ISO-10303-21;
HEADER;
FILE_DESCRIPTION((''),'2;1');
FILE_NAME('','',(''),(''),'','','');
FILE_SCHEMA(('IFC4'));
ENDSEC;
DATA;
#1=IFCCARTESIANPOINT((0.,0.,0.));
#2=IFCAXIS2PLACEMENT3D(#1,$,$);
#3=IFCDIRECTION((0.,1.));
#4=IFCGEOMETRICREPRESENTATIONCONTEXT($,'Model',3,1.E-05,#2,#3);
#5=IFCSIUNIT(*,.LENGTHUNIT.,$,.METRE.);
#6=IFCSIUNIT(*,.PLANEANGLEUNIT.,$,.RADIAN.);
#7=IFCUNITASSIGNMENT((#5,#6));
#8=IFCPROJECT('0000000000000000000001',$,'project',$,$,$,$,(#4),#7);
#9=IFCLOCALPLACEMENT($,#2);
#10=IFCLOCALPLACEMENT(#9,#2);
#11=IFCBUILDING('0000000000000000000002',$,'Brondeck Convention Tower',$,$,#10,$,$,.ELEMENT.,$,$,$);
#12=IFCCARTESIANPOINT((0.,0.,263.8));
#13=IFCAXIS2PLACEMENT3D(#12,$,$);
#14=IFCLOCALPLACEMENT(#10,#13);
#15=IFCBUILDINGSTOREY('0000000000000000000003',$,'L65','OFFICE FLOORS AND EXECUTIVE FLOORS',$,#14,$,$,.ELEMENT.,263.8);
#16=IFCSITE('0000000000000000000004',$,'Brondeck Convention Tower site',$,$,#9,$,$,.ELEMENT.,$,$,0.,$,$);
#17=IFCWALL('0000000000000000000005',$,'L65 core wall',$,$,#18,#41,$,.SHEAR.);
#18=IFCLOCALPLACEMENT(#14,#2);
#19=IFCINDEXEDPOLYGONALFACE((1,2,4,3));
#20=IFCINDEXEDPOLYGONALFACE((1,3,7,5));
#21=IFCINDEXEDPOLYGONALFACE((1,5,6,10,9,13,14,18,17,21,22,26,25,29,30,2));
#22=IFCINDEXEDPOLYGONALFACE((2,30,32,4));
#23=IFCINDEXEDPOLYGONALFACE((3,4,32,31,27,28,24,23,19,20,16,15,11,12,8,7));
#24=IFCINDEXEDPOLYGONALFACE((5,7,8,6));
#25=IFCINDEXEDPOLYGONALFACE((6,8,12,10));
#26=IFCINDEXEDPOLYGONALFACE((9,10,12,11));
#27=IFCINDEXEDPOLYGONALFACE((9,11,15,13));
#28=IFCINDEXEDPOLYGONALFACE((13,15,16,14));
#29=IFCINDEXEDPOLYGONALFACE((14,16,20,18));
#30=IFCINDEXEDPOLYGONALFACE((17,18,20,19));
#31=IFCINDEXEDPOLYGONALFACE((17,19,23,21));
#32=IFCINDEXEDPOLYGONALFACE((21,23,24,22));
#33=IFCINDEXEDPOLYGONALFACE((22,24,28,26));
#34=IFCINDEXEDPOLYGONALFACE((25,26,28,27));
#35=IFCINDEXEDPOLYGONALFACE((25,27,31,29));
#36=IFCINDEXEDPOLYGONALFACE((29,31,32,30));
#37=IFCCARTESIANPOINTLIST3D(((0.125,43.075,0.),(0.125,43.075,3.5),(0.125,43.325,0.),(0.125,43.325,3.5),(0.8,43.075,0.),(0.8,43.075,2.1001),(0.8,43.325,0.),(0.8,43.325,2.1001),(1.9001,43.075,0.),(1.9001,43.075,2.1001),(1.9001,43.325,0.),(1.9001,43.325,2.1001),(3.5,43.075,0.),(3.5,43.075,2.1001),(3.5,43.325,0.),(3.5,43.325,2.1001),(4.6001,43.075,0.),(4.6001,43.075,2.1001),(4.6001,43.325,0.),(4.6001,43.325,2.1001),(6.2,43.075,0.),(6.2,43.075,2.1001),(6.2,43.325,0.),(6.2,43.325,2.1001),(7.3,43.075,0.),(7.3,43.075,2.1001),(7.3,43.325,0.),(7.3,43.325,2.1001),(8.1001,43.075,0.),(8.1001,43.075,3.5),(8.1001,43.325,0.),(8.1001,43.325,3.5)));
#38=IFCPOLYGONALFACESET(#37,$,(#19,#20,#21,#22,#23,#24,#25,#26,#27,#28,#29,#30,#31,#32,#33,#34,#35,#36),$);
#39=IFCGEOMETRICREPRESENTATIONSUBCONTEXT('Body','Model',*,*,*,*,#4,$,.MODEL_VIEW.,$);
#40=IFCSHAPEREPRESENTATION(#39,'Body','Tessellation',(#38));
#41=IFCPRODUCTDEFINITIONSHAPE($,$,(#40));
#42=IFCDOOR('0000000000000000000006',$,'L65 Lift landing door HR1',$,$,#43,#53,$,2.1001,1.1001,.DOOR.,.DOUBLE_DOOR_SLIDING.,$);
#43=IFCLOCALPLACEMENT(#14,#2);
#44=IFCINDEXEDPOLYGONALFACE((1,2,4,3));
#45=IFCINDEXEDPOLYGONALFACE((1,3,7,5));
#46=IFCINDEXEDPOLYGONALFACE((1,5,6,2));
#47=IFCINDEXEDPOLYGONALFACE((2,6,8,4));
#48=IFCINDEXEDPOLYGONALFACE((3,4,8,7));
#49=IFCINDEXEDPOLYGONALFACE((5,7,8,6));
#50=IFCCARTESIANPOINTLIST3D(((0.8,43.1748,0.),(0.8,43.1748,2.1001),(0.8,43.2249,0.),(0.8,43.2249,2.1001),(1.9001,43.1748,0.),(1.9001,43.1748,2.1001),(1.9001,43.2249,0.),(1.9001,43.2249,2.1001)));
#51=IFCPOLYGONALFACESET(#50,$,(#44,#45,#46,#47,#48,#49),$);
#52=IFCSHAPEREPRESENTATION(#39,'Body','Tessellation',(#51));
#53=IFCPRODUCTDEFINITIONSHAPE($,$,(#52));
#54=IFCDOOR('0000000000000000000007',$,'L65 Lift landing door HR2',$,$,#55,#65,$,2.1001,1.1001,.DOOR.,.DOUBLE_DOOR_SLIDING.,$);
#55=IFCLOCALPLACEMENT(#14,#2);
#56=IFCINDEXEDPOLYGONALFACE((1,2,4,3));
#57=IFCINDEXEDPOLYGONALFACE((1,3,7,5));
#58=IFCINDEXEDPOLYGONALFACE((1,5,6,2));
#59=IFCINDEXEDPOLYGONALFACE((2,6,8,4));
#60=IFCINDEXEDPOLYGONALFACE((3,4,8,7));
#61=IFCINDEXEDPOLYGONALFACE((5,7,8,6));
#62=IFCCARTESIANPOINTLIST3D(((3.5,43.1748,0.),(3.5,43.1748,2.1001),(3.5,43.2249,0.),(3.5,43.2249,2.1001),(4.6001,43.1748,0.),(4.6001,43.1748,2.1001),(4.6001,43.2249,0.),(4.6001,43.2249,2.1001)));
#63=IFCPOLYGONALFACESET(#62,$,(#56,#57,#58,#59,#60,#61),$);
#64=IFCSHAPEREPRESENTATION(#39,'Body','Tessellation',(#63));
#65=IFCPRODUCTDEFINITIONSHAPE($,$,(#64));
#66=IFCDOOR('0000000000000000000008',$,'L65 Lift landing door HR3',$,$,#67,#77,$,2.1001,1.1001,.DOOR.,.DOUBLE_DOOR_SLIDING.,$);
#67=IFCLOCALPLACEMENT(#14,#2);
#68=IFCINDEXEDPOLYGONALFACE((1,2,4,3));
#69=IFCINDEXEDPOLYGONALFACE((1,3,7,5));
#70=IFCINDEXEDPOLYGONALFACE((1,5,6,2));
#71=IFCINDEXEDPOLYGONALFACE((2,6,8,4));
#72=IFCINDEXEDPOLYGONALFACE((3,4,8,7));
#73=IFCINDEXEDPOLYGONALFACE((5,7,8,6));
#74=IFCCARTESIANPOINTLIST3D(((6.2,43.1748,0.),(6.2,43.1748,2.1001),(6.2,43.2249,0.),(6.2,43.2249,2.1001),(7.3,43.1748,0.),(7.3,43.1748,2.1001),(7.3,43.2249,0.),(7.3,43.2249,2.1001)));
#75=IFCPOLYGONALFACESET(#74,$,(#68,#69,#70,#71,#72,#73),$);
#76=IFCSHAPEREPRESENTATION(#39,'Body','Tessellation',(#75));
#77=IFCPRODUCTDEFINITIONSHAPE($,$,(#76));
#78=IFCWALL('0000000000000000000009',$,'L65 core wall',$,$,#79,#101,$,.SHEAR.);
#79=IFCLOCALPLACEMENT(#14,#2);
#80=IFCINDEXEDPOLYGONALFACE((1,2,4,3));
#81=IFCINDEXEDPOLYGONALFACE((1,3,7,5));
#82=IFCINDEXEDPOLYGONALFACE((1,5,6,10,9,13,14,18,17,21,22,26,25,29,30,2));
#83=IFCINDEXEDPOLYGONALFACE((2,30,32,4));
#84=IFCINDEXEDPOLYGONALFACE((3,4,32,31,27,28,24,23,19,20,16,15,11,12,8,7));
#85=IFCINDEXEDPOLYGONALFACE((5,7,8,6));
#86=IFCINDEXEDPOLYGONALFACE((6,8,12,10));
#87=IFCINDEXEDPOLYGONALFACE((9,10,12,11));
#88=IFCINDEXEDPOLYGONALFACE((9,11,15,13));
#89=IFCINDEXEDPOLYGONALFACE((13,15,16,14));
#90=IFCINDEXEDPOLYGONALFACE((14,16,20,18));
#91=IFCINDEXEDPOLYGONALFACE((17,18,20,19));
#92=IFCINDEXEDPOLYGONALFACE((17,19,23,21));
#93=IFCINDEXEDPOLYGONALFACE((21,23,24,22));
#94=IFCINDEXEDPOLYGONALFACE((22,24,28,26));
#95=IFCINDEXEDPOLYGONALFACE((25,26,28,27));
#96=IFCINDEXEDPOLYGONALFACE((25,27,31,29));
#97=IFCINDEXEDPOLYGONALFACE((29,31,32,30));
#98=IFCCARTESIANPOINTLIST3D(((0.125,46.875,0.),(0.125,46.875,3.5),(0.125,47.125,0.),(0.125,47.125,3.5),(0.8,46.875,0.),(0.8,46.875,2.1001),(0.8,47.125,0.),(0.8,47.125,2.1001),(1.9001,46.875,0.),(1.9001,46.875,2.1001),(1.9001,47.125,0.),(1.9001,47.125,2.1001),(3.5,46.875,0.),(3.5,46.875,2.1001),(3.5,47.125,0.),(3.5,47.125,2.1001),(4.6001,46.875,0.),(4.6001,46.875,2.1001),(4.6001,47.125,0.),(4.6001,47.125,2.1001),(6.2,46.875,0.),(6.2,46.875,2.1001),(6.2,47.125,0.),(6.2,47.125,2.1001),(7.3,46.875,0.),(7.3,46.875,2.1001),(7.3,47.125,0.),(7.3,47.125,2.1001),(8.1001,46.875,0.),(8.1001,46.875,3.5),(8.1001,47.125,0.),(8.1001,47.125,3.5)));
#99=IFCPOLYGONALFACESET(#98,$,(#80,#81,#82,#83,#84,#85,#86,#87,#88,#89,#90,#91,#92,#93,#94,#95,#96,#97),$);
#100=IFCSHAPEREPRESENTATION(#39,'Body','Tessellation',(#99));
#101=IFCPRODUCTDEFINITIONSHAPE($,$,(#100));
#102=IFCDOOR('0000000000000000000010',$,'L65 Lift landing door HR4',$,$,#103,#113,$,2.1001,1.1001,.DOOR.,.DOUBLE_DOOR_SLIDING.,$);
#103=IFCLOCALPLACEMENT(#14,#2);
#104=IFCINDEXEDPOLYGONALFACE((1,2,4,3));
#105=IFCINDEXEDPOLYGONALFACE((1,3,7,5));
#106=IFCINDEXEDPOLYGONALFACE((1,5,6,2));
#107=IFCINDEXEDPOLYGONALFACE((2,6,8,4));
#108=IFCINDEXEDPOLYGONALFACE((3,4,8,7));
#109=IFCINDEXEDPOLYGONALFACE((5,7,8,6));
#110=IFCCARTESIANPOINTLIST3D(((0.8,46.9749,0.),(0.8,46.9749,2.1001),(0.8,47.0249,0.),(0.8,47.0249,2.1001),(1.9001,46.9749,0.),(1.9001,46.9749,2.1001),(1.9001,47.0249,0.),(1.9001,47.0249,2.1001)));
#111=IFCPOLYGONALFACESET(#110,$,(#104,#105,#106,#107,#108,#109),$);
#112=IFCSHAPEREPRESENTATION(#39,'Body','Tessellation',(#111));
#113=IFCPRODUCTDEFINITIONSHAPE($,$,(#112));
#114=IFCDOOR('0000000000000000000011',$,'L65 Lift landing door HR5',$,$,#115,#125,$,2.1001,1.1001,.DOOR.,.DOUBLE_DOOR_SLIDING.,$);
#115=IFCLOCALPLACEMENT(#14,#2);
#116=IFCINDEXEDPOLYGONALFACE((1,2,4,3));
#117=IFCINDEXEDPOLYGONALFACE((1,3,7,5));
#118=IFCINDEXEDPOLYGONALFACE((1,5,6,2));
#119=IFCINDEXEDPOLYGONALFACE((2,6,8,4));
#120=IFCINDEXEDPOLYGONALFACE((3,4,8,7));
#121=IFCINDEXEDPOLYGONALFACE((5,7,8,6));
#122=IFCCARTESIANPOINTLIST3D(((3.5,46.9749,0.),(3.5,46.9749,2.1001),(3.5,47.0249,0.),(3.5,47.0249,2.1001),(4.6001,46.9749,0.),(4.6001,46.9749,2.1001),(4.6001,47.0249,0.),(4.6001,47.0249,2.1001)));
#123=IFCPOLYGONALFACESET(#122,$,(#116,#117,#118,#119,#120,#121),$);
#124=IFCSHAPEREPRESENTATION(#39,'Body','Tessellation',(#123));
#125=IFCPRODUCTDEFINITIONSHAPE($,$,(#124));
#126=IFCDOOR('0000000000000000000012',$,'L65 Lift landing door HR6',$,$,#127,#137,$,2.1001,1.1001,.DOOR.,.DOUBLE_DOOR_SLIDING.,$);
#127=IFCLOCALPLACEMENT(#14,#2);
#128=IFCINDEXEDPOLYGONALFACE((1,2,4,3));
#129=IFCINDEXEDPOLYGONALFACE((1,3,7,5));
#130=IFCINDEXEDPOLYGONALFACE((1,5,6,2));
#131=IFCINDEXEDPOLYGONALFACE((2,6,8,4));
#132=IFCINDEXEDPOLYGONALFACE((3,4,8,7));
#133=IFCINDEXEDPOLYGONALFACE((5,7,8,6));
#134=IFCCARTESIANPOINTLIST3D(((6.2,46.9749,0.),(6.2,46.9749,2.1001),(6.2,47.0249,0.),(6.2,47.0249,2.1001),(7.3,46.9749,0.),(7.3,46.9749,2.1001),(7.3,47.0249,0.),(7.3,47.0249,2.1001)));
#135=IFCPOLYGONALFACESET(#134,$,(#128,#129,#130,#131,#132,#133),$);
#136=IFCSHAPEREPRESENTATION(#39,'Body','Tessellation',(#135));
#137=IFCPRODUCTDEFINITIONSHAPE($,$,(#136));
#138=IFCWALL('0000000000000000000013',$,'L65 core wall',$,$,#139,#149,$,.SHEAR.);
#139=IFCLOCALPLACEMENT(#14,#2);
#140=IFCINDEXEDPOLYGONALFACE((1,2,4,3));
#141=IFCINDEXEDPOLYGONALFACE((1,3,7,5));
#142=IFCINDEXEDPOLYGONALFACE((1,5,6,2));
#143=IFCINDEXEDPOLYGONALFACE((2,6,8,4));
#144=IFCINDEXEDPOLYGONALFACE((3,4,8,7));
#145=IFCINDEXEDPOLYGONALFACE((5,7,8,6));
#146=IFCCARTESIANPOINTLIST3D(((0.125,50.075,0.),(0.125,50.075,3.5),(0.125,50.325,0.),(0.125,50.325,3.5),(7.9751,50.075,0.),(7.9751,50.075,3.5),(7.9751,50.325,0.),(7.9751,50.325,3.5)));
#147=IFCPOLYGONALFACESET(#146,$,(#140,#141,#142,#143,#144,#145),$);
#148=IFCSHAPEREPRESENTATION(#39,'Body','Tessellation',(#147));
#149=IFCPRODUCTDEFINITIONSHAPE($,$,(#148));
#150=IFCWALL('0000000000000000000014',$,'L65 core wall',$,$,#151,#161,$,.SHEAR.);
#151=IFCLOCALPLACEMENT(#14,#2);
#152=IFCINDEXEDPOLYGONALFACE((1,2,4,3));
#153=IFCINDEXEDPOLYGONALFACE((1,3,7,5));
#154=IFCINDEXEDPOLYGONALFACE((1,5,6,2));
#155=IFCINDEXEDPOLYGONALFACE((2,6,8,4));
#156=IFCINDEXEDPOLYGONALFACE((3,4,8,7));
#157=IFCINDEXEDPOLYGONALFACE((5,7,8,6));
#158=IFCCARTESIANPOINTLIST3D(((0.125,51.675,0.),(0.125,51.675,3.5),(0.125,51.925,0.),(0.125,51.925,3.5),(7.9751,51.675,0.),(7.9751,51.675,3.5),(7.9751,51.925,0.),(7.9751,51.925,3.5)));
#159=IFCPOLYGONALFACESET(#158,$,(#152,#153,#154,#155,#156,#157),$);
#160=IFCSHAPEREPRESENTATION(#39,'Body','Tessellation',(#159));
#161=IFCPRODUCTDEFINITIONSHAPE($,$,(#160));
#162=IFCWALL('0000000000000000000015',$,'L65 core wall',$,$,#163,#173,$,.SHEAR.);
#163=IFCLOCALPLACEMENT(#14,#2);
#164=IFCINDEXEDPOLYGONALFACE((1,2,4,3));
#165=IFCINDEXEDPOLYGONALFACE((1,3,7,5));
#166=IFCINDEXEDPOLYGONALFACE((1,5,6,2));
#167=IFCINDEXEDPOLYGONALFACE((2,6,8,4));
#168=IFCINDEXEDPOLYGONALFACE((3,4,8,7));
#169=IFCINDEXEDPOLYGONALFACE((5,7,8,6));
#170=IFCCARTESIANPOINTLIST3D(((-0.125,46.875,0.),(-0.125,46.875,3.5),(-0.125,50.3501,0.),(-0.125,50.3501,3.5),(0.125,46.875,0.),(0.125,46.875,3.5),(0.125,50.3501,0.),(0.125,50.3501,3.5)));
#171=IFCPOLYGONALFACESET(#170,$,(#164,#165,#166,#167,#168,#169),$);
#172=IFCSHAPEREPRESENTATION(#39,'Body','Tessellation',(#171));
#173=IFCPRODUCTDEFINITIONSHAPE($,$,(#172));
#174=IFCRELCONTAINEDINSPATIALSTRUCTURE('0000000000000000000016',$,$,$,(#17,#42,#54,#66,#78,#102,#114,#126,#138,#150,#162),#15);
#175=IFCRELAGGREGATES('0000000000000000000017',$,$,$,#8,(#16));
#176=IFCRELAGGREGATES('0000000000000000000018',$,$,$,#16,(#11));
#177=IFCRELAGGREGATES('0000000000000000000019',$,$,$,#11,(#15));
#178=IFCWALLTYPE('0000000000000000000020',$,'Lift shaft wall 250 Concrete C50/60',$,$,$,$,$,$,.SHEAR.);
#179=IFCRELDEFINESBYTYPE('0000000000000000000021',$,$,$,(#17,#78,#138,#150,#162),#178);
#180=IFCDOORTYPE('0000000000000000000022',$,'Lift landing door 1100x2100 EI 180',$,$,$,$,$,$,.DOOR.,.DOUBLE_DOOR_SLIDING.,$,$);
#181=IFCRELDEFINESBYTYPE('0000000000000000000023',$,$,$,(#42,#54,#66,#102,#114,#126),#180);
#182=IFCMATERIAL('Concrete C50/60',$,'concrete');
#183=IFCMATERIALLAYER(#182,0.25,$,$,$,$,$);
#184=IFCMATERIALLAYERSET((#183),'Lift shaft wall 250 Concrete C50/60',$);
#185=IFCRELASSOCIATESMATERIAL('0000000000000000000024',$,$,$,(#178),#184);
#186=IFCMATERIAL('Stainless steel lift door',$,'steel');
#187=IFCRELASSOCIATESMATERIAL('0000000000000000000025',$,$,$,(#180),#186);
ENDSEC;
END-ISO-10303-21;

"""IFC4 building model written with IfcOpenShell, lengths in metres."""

from ifc_helpers import new_model, si_unit, direction, frame, frame_2d, origin, place, context, subcontext, project, spatial, rectangle, extrude, material, layer, layer_set, type_object, element, fill, save


model = new_model("IFC4")

# Units and contexts
model_context = context("Model", 3, precision=1e-05, world=origin(), true_north=direction((0.0, 1.0)))
body_context = subcontext(model_context, "Body", "Model", "MODEL_VIEW")
ifc_project = project(units=[si_unit("LENGTHUNIT", "METRE"), si_unit("PLANEANGLEUNIT", "RADIAN")], contexts=[model_context])

# Site, building, storey
site_placement = place(None, origin())
site = spatial("IfcSite", under=ifc_project, at=site_placement, Name="Brondeck Convention Tower site", CompositionType="ELEMENT", RefElevation=0.0)
building_placement = place(site_placement, origin())
building = spatial("IfcBuilding", under=site, at=building_placement, Name="Brondeck Convention Tower", CompositionType="ELEMENT")
storey_placement = place(building_placement, frame((0.0, 0.0, 263.8)))
storey = spatial("IfcBuildingStorey", under=building, at=storey_placement, Name="L65", Description="OFFICE FLOORS AND EXECUTIVE FLOORS", CompositionType="ELEMENT", Elevation=263.8)

# Shared definitions
ifc_material_1 = material(Name="Concrete C50/60", Category="concrete")

# Walls, openings, doors
ifc_layer_1 = layer(ifc_material_1, 0.25)
ifc_layer_set_1 = layer_set([ifc_layer_1], Name="Lift shaft wall 250 Concrete C50/60")
wall_type_1 = type_object("IfcWallType", Name="Lift shaft wall 250 Concrete C50/60", PredefinedType="SHEAR", material=ifc_layer_set_1)
wall_1_placement = place(storey_placement, frame((0.125, 43.2, 0.0), z_axis=(0.0, 0.0, 1.0), x_axis=(1.0, 0.0, 0.0)))
wall_1 = element("IfcWall", 1, at=wall_1_placement, inside=storey, type_object=wall_type_1, Name="L65 core wall", PredefinedType="SHEAR", context=body_context, shape_type="SweptSolid", body=[
    extrude(rectangle(XDim=7.9751, YDim=0.25, at=frame_2d((3.9875, 0.0))), origin(), (0.0, 0.0, 1.0), 3.5),
])
opening_1_placement = place(wall_1_placement, frame((0.675, 0.0, 0.0)))
opening_1 = element("IfcOpeningElement", 2, at=opening_1_placement, cuts=wall_1, PredefinedType="OPENING", context=body_context, shape_type="SweptSolid", body=[
    extrude(rectangle(XDim=1.1001, YDim=2.1001, at=frame_2d((0.55, 1.05))), frame((0.0, 0.135, 0.0), z_axis=(0.0, -1.0, 0.0), x_axis=(1.0, 0.0, 0.0)), (0.0, 0.0, 1.0), 0.27),
])
opening_2_placement = place(wall_1_placement, frame((3.375, 0.0, 0.0)))
opening_2 = element("IfcOpeningElement", 3, at=opening_2_placement, cuts=wall_1, PredefinedType="OPENING", context=body_context, shape_type="SweptSolid", body=[
    extrude(rectangle(XDim=1.1001, YDim=2.1001, at=frame_2d((0.55, 1.05))), frame((0.0, 0.135, 0.0), z_axis=(0.0, -1.0, 0.0), x_axis=(1.0, 0.0, 0.0)), (0.0, 0.0, 1.0), 0.27),
])
opening_3_placement = place(wall_1_placement, frame((6.075, 0.0, 0.0)))
opening_3 = element("IfcOpeningElement", 4, at=opening_3_placement, cuts=wall_1, PredefinedType="OPENING", context=body_context, shape_type="SweptSolid", body=[
    extrude(rectangle(XDim=1.1001, YDim=2.1001, at=frame_2d((0.55, 1.05))), frame((0.0, 0.135, 0.0), z_axis=(0.0, -1.0, 0.0), x_axis=(1.0, 0.0, 0.0)), (0.0, 0.0, 1.0), 0.27),
])
ifc_material_2 = material(Name="Stainless steel lift door", Category="steel")
door_type_1 = type_object("IfcDoorType", Name="Lift landing door 1100x2100 EI 180", OperationType="DOUBLE_DOOR_SLIDING", PredefinedType="DOOR", material=ifc_material_2)
door_1_placement = place(opening_1_placement, origin())
door_1 = element("IfcDoor", 5, at=door_1_placement, inside=storey, type_object=door_type_1, Name="L65 Lift landing door HR1", OperationType="DOUBLE_DOOR_SLIDING", OverallHeight=2.1001, OverallWidth=1.1001, PredefinedType="DOOR", context=body_context, shape_type="SweptSolid", body=[
    extrude(rectangle(XDim=1.1001, YDim=2.1001, at=frame_2d((0.55, 1.05))), frame((0.0, 0.0249, 0.0), z_axis=(0.0, -1.0, 0.0), x_axis=(1.0, 0.0, 0.0)), (0.0, 0.0, 1.0), 0.05),
])
fill(opening_1, door_1)
door_2_placement = place(opening_2_placement, origin())
door_2 = element("IfcDoor", 6, at=door_2_placement, inside=storey, type_object=door_type_1, Name="L65 Lift landing door HR2", OperationType="DOUBLE_DOOR_SLIDING", OverallHeight=2.1001, OverallWidth=1.1001, PredefinedType="DOOR", context=body_context, shape_type="SweptSolid", body=[
    extrude(rectangle(XDim=1.1001, YDim=2.1001, at=frame_2d((0.55, 1.05))), frame((0.0, 0.0249, 0.0), z_axis=(0.0, -1.0, 0.0), x_axis=(1.0, 0.0, 0.0)), (0.0, 0.0, 1.0), 0.05),
])
fill(opening_2, door_2)
door_3_placement = place(opening_3_placement, origin())
door_3 = element("IfcDoor", 7, at=door_3_placement, inside=storey, type_object=door_type_1, Name="L65 Lift landing door HR3", OperationType="DOUBLE_DOOR_SLIDING", OverallHeight=2.1001, OverallWidth=1.1001, PredefinedType="DOOR", context=body_context, shape_type="SweptSolid", body=[
    extrude(rectangle(XDim=1.1001, YDim=2.1001, at=frame_2d((0.55, 1.05))), frame((0.0, 0.0249, 0.0), z_axis=(0.0, -1.0, 0.0), x_axis=(1.0, 0.0, 0.0)), (0.0, 0.0, 1.0), 0.05),
])
fill(opening_3, door_3)
wall_2_placement = place(storey_placement, frame((0.125, 47.0, 0.0), z_axis=(0.0, 0.0, 1.0), x_axis=(1.0, 0.0, 0.0)))
wall_2 = element("IfcWall", 8, at=wall_2_placement, inside=storey, type_object=wall_type_1, Name="L65 core wall", PredefinedType="SHEAR", context=body_context, shape_type="SweptSolid", body=[
    extrude(rectangle(XDim=7.9751, YDim=0.25, at=frame_2d((3.9875, 0.0))), origin(), (0.0, 0.0, 1.0), 3.5),
])
opening_4_placement = place(wall_2_placement, frame((0.675, 0.0, 0.0)))
opening_4 = element("IfcOpeningElement", 9, at=opening_4_placement, cuts=wall_2, PredefinedType="OPENING", context=body_context, shape_type="SweptSolid", body=[
    extrude(rectangle(XDim=1.1001, YDim=2.1001, at=frame_2d((0.55, 1.05))), frame((0.0, 0.135, 0.0), z_axis=(0.0, -1.0, 0.0), x_axis=(1.0, 0.0, 0.0)), (0.0, 0.0, 1.0), 0.27),
])
opening_5_placement = place(wall_2_placement, frame((3.375, 0.0, 0.0)))
opening_5 = element("IfcOpeningElement", 10, at=opening_5_placement, cuts=wall_2, PredefinedType="OPENING", context=body_context, shape_type="SweptSolid", body=[
    extrude(rectangle(XDim=1.1001, YDim=2.1001, at=frame_2d((0.55, 1.05))), frame((0.0, 0.135, 0.0), z_axis=(0.0, -1.0, 0.0), x_axis=(1.0, 0.0, 0.0)), (0.0, 0.0, 1.0), 0.27),
])
opening_6_placement = place(wall_2_placement, frame((6.075, 0.0, 0.0)))
opening_6 = element("IfcOpeningElement", 11, at=opening_6_placement, cuts=wall_2, PredefinedType="OPENING", context=body_context, shape_type="SweptSolid", body=[
    extrude(rectangle(XDim=1.1001, YDim=2.1001, at=frame_2d((0.55, 1.05))), frame((0.0, 0.135, 0.0), z_axis=(0.0, -1.0, 0.0), x_axis=(1.0, 0.0, 0.0)), (0.0, 0.0, 1.0), 0.27),
])
door_4_placement = place(opening_4_placement, origin())
door_4 = element("IfcDoor", 12, at=door_4_placement, inside=storey, type_object=door_type_1, Name="L65 Lift landing door HR4", OperationType="DOUBLE_DOOR_SLIDING", OverallHeight=2.1001, OverallWidth=1.1001, PredefinedType="DOOR", context=body_context, shape_type="SweptSolid", body=[
    extrude(rectangle(XDim=1.1001, YDim=2.1001, at=frame_2d((0.55, 1.05))), frame((0.0, 0.0249, 0.0), z_axis=(0.0, -1.0, 0.0), x_axis=(1.0, 0.0, 0.0)), (0.0, 0.0, 1.0), 0.05),
])
fill(opening_4, door_4)
door_5_placement = place(opening_5_placement, origin())
door_5 = element("IfcDoor", 13, at=door_5_placement, inside=storey, type_object=door_type_1, Name="L65 Lift landing door HR5", OperationType="DOUBLE_DOOR_SLIDING", OverallHeight=2.1001, OverallWidth=1.1001, PredefinedType="DOOR", context=body_context, shape_type="SweptSolid", body=[
    extrude(rectangle(XDim=1.1001, YDim=2.1001, at=frame_2d((0.55, 1.05))), frame((0.0, 0.0249, 0.0), z_axis=(0.0, -1.0, 0.0), x_axis=(1.0, 0.0, 0.0)), (0.0, 0.0, 1.0), 0.05),
])
fill(opening_5, door_5)
door_6_placement = place(opening_6_placement, origin())
door_6 = element("IfcDoor", 14, at=door_6_placement, inside=storey, type_object=door_type_1, Name="L65 Lift landing door HR6", OperationType="DOUBLE_DOOR_SLIDING", OverallHeight=2.1001, OverallWidth=1.1001, PredefinedType="DOOR", context=body_context, shape_type="SweptSolid", body=[
    extrude(rectangle(XDim=1.1001, YDim=2.1001, at=frame_2d((0.55, 1.05))), frame((0.0, 0.0249, 0.0), z_axis=(0.0, -1.0, 0.0), x_axis=(1.0, 0.0, 0.0)), (0.0, 0.0, 1.0), 0.05),
])
fill(opening_6, door_6)

# Walls
for number, where, z_axis, x_axis, name in (
    (15, (0.125, 50.2, 0.0), (0.0, 0.0, 1.0), (1.0, 0.0, 0.0), "L65 core wall"),
    (16, (0.125, 51.8, 0.0), (0.0, 0.0, 1.0), (1.0, 0.0, 0.0), "L65 core wall"),
):
    element("IfcWall", number, at=place(storey_placement, frame(where, z_axis=z_axis, x_axis=x_axis)), inside=storey, type_object=wall_type_1, Name=name, PredefinedType="SHEAR", context=body_context, shape_type="SweptSolid", body=[
        extrude(rectangle(XDim=7.8501, YDim=0.25, at=frame_2d((3.925, 0.0))), origin(), (0.0, 0.0, 1.0), 3.5),
    ])
wall_3_placement = place(storey_placement, frame((0.0, 46.875, 0.0), z_axis=(0.0, 0.0, 1.0), x_axis=(0.0, 1.0, 0.0)))
element("IfcWall", 17, at=wall_3_placement, inside=storey, type_object=wall_type_1, Name="L65 core wall", PredefinedType="SHEAR", context=body_context, shape_type="SweptSolid", body=[
    extrude(rectangle(XDim=3.4751, YDim=0.25, at=frame_2d((1.7375, 0.0))), origin(), (0.0, 0.0, 1.0), 3.5),
])

save(model, "model.ifc")
